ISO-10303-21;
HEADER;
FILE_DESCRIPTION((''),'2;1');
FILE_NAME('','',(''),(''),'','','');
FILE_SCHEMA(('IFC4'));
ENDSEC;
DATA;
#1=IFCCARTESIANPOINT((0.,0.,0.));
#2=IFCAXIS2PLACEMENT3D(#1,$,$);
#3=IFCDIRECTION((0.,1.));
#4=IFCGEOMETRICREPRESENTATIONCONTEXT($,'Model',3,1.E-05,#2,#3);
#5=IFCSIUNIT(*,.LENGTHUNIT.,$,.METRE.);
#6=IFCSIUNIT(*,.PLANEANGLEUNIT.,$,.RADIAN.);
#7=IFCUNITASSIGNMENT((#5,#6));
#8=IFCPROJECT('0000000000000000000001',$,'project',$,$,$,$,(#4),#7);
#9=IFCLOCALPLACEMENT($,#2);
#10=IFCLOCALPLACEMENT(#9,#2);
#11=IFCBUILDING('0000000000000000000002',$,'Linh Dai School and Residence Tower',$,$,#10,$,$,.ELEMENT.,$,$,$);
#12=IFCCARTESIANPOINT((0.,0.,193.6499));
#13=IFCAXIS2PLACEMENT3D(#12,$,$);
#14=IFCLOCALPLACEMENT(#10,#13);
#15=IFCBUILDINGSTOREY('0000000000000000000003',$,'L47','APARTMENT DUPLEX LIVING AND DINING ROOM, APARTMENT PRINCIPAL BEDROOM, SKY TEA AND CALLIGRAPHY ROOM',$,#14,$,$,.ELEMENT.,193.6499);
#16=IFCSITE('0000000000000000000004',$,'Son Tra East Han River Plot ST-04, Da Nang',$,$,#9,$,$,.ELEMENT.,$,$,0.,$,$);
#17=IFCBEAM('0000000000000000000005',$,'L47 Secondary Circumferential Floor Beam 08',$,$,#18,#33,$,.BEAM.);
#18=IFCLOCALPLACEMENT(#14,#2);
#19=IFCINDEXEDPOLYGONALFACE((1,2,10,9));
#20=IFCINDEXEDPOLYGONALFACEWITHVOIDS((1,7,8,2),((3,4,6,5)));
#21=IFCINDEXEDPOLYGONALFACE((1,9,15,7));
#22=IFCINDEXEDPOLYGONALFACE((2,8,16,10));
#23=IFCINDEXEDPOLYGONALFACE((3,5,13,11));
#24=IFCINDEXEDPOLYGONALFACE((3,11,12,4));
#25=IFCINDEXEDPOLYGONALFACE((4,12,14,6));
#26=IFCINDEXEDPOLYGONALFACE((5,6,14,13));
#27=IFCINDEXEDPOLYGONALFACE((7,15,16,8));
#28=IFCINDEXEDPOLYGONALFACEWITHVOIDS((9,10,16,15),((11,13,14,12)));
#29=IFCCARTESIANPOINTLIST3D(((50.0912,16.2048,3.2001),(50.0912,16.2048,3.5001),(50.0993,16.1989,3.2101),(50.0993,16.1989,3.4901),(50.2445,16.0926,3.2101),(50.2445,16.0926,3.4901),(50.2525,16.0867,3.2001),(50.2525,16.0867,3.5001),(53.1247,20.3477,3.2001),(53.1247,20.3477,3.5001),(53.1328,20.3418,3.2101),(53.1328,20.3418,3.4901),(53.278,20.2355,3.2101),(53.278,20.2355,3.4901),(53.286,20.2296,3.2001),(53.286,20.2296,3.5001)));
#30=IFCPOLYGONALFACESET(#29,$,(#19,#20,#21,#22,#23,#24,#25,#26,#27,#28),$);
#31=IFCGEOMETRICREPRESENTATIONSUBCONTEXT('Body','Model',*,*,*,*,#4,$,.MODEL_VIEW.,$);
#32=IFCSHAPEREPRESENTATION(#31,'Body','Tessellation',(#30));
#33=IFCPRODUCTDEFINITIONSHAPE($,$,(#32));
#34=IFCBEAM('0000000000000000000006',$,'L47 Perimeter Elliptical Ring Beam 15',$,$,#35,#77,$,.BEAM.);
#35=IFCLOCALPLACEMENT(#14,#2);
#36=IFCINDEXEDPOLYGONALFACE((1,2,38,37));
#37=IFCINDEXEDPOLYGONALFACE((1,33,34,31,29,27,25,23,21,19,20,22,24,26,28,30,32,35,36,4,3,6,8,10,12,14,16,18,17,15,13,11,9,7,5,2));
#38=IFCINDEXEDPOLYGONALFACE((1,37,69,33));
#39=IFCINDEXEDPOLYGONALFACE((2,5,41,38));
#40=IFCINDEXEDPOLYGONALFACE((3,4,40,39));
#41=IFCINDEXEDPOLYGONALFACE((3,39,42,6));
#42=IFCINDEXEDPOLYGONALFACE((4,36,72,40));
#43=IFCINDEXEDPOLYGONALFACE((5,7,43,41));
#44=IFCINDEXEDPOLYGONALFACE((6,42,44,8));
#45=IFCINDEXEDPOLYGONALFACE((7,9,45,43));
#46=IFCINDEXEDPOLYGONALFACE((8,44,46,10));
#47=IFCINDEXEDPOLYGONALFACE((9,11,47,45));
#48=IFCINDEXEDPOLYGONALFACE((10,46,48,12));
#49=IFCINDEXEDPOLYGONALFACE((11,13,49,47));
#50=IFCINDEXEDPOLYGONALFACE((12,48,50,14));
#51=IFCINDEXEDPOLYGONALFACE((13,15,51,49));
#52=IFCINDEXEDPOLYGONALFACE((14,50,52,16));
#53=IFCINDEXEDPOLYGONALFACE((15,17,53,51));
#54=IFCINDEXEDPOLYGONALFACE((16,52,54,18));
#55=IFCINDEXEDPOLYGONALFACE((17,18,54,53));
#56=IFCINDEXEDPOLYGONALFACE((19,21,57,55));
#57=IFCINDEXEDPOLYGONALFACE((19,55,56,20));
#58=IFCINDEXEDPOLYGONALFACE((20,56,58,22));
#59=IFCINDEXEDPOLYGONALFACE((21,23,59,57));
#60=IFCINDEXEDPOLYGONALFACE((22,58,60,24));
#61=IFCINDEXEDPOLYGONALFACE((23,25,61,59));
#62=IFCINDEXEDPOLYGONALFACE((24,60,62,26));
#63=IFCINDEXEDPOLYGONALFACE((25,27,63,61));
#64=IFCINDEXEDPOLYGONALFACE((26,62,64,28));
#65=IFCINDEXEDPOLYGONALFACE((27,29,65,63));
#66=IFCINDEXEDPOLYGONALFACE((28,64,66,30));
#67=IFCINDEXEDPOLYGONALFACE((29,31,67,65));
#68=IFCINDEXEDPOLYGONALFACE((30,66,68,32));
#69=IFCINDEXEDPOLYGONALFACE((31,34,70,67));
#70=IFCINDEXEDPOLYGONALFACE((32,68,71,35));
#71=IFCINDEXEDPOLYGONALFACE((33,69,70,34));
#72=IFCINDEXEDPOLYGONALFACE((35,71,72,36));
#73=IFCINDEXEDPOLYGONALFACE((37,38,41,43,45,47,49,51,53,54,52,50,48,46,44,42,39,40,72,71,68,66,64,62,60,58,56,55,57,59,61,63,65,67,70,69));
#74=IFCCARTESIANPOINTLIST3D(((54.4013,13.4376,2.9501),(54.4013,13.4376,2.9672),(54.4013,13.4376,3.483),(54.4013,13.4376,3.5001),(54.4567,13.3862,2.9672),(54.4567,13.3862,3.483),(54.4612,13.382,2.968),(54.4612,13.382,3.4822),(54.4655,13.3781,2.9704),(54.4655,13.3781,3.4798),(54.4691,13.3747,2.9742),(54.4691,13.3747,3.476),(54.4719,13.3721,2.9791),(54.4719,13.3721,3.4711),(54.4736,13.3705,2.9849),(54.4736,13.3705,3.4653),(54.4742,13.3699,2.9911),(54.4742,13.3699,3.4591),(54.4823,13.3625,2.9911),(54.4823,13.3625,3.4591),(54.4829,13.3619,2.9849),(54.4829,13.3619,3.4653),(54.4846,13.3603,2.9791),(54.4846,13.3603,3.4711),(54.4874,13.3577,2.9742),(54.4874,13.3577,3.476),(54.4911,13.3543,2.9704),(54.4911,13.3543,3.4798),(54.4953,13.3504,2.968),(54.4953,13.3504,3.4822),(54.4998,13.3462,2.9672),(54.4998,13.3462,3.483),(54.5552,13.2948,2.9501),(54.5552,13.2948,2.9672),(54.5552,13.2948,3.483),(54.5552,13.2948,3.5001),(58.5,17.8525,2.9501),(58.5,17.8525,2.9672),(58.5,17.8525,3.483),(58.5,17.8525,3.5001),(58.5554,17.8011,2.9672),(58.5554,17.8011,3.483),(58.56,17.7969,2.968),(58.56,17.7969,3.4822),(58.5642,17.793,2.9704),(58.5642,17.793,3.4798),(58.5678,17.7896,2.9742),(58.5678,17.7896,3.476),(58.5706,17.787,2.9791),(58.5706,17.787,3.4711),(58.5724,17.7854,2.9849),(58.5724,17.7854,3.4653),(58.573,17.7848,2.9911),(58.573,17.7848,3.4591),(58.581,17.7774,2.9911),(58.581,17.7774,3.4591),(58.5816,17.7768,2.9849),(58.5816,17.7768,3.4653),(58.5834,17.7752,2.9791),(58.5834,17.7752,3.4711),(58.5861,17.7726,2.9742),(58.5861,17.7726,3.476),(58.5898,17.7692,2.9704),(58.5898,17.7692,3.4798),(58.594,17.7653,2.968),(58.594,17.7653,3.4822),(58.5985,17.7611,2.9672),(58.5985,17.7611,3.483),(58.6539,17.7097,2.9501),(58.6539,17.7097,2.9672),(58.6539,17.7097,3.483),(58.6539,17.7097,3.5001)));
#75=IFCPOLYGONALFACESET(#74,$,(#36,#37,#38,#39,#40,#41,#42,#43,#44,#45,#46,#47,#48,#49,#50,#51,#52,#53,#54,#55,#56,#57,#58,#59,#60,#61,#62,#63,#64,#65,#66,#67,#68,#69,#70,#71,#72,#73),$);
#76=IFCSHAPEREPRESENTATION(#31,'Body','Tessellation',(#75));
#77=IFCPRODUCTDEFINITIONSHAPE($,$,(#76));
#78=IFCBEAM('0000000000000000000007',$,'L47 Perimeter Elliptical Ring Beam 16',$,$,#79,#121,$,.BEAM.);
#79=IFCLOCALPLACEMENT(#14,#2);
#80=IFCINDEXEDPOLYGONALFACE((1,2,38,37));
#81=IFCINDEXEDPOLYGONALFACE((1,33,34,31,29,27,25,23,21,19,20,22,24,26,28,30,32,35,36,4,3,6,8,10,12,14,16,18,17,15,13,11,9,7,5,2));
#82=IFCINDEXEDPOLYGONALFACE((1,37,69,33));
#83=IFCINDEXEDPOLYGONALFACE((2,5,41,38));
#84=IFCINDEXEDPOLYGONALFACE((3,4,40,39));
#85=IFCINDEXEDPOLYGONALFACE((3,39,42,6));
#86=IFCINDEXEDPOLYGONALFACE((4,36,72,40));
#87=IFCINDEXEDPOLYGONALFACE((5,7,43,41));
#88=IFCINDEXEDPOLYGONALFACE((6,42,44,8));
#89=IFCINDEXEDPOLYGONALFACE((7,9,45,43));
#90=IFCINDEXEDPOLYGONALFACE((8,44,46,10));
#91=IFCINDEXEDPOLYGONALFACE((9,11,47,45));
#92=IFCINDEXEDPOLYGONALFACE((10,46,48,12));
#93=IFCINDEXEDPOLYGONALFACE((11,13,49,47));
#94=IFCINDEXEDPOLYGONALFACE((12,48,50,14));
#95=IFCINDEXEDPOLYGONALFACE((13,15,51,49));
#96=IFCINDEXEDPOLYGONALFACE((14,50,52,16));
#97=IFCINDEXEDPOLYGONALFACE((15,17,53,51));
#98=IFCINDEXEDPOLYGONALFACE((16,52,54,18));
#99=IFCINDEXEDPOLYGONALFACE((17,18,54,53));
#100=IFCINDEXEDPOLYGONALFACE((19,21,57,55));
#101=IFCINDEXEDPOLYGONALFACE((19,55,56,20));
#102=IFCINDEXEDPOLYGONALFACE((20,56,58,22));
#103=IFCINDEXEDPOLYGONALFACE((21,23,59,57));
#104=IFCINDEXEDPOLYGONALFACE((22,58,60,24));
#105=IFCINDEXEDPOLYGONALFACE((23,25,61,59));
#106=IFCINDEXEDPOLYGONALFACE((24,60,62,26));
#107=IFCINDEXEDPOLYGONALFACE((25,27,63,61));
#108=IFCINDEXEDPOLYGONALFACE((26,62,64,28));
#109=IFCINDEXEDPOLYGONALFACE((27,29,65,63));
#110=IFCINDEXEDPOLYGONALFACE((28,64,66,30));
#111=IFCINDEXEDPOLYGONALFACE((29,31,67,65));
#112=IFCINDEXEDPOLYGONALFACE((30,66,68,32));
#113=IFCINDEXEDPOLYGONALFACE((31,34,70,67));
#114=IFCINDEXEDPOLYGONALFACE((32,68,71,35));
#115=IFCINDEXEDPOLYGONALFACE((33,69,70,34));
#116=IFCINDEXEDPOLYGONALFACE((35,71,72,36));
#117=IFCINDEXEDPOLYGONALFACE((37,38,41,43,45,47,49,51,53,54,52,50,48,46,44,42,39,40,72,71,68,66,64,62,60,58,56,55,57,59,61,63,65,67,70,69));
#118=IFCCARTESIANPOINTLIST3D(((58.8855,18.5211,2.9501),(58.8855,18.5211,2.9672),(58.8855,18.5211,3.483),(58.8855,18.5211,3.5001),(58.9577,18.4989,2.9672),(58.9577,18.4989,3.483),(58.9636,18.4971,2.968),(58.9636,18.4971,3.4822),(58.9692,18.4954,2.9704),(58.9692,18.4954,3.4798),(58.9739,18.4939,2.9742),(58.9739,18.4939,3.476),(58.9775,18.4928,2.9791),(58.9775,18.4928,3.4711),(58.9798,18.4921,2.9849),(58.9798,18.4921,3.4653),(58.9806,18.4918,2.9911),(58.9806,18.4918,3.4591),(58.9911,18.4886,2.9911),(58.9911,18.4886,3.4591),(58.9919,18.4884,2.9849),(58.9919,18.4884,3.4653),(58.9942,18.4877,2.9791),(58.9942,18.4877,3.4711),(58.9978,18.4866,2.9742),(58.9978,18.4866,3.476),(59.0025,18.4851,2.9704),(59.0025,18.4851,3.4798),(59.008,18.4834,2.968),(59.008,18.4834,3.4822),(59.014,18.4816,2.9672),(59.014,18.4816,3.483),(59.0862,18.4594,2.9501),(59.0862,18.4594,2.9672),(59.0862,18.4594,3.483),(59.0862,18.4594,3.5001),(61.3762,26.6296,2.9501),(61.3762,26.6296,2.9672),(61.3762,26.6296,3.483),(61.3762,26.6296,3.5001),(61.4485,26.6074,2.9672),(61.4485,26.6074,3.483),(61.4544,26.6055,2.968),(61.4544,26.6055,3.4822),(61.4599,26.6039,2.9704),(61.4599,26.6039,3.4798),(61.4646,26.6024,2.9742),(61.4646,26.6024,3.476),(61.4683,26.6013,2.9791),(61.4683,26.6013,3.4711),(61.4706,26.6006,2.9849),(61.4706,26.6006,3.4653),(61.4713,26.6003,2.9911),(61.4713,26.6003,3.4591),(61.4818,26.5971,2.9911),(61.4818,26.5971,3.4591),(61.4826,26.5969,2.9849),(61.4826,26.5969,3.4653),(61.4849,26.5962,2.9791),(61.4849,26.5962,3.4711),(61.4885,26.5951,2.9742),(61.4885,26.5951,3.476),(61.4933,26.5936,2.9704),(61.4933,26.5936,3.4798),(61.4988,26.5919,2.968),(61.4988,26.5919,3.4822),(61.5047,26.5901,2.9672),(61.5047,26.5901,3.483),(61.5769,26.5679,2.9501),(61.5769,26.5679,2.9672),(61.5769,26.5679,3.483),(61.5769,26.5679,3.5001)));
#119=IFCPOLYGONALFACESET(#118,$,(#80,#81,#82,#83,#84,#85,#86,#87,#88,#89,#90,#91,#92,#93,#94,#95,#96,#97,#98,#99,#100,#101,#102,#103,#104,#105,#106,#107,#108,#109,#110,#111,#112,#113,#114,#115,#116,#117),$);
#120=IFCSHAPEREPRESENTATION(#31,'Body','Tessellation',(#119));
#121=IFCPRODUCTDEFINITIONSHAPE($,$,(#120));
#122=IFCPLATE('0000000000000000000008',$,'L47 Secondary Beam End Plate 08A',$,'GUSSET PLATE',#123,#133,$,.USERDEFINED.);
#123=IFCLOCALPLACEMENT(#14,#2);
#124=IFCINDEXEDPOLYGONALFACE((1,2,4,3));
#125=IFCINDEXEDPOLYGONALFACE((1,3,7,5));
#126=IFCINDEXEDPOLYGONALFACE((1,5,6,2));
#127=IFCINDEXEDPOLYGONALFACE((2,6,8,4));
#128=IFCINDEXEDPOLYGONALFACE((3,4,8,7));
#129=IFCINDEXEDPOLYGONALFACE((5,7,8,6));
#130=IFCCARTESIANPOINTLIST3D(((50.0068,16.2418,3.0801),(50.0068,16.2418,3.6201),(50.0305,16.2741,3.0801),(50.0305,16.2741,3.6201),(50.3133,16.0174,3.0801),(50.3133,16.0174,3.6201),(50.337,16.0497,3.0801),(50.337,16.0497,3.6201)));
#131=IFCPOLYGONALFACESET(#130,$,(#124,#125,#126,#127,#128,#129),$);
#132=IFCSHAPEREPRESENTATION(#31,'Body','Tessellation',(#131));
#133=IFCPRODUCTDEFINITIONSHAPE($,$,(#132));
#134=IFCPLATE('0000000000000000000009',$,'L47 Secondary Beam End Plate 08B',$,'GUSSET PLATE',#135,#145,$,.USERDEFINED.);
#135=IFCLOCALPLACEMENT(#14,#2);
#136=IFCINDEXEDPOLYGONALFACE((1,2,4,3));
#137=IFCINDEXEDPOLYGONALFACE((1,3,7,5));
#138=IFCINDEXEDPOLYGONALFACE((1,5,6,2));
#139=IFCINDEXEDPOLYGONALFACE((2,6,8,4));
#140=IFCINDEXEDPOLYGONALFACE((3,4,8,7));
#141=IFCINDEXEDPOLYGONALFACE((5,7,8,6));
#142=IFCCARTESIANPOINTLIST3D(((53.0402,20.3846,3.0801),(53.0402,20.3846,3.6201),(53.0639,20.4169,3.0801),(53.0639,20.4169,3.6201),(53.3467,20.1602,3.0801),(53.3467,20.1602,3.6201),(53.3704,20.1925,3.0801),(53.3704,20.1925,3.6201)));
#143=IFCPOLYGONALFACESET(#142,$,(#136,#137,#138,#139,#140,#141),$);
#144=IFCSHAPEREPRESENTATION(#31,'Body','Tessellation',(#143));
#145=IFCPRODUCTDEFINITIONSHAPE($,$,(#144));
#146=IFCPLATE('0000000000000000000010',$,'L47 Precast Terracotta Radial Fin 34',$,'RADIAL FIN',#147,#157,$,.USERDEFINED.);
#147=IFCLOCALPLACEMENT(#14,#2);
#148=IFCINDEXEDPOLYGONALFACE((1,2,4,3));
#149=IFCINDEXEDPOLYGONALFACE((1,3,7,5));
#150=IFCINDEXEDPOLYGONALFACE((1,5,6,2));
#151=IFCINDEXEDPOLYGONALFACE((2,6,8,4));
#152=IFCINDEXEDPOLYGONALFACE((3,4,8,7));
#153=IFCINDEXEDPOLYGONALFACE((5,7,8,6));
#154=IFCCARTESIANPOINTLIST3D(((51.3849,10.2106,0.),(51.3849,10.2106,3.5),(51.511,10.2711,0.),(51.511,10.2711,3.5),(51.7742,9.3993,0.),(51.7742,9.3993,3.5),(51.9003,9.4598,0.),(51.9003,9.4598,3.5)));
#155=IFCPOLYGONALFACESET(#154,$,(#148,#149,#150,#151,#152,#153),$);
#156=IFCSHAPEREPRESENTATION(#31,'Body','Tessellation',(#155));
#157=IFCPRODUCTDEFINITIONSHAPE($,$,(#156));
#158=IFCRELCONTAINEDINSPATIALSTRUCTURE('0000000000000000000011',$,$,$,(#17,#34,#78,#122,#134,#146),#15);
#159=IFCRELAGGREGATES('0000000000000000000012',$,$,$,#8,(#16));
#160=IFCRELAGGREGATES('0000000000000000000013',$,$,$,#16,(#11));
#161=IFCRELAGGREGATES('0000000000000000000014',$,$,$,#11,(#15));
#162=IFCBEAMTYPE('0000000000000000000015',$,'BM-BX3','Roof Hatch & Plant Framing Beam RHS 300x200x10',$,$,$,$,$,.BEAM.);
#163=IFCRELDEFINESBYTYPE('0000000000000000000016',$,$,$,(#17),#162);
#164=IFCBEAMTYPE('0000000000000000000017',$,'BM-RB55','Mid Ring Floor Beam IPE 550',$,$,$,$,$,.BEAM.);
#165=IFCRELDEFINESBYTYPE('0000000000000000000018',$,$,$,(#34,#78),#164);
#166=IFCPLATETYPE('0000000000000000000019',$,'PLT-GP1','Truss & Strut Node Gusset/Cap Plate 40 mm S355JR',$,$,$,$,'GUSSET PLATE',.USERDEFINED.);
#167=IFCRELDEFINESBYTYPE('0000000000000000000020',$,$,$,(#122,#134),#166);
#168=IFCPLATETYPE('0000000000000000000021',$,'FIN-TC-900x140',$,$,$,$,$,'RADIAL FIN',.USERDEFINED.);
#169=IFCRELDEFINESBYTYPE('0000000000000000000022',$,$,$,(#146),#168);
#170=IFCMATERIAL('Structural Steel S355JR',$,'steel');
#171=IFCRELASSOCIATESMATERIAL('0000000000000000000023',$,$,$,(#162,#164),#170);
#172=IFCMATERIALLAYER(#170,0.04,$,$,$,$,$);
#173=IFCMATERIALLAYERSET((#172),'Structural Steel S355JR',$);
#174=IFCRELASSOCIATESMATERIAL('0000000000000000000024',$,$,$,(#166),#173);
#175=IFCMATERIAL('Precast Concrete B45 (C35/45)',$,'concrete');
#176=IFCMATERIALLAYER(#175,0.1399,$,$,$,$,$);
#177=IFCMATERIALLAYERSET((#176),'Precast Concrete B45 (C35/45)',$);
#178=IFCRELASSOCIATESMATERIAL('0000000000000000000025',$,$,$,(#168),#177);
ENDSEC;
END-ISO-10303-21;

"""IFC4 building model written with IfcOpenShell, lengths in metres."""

from ifc_helpers import new_model, si_unit, direction, frame, origin, origin_2d, place, context, subcontext, project, spatial, rectangle, hollow_rectangle, i_section, extrude, source, transform, mapped, material, layer, layer_set, material_profile, profile_set, type_object, element, save


model = new_model("IFC4")

# Units and contexts
model_context = context("Model", 3, precision=1e-05, world=origin(), true_north=direction((0.0, 1.0)))
body_context = subcontext(model_context, "Body", "Model", "MODEL_VIEW")
ifc_project = project(units=[si_unit("LENGTHUNIT", "METRE"), si_unit("PLANEANGLEUNIT", "RADIAN")], contexts=[model_context])

# Site, building, storey
site_placement = place(None, origin())
site = spatial("IfcSite", under=ifc_project, at=site_placement, Name="Son Tra East Han River Plot ST-04, Da Nang", CompositionType="ELEMENT", RefElevation=0.0)
building_placement = place(site_placement, origin())
building = spatial("IfcBuilding", under=site, at=building_placement, Name="Linh Dai School and Residence Tower", CompositionType="ELEMENT")
storey_placement = place(building_placement, frame((0.0, 0.0, 193.6499)))
storey = spatial("IfcBuildingStorey", under=building, at=storey_placement, Name="L47", Description="APARTMENT DUPLEX LIVING AND DINING ROOM, APARTMENT PRINCIPAL BEDROOM, SKY TEA AND CALLIGRAPHY ROOM", CompositionType="ELEMENT", Elevation=193.6499)

# Shared definitions
ifc_material_1 = material(Name="Structural Steel S355JR", Category="steel")

# Beams
ifc_material_profile_1 = material_profile(ifc_material_1, hollow_rectangle(XDim=0.2, YDim=0.3, WallThickness=0.01, at=origin_2d()), Name="RHS 300x200x10")
ifc_profile_set_1 = profile_set([ifc_material_profile_1], Name="Structural Steel S355JR")
beam_type_1 = type_object("IfcBeamType", Name="BM-BX3", Description="Roof Hatch & Plant Framing Beam RHS 300x200x10", PredefinedType="BEAM", material=ifc_profile_set_1)
beam_1_placement = place(storey_placement, frame((50.1719, 16.1458, 3.3501), z_axis=(0.590778, 0.806834, 0.0), x_axis=(-0.806834, 0.590778, 0.0)))
element("IfcBeam", 1, at=beam_1_placement, inside=storey, type_object=beam_type_1, Name="L47 Secondary Circumferential Floor Beam 08", PredefinedType="BEAM", context=body_context, shape_type="SweptSolid", body=[
    extrude(hollow_rectangle(XDim=0.2, YDim=0.3, WallThickness=0.01, at=origin_2d()), origin(), (0.0, 0.0, 1.0), 5.1348),
])
ifc_material_profile_2 = material_profile(ifc_material_1, i_section(OverallWidth=0.21, OverallDepth=0.55, WebThickness=0.011, FlangeThickness=0.0171, FilletRadius=0.0239, at=origin_2d()), Name="IPE 550")
ifc_profile_set_2 = profile_set([ifc_material_profile_2], Name="Structural Steel S355JR")
beam_type_2 = type_object("IfcBeamType", Name="BM-RB55", Description="Mid Ring Floor Beam IPE 550", PredefinedType="BEAM", material=ifc_profile_set_2)
beam_2_placement = place(storey_placement, frame((54.4783, 13.3662, 3.2251), z_axis=(0.680378, 0.732861, 0.0), x_axis=(-0.732861, 0.680378, 0.0)))
element("IfcBeam", 2, at=beam_2_placement, inside=storey, type_object=beam_type_2, Name="L47 Perimeter Elliptical Ring Beam 15", PredefinedType="BEAM", context=body_context, shape_type="SweptSolid", body=[
    extrude(i_section(OverallWidth=0.21, OverallDepth=0.55, WebThickness=0.011, FlangeThickness=0.0171, FilletRadius=0.0239, at=origin_2d()), origin(), (0.0, 0.0, 1.0), 6.0242),
])
beam_3_placement = place(storey_placement, frame((58.9858, 18.4902, 3.2251), z_axis=(0.293637, 0.955917, 0.0), x_axis=(-0.955917, 0.293637, 0.0)))
element("IfcBeam", 3, at=beam_3_placement, inside=storey, type_object=beam_type_2, Name="L47 Perimeter Elliptical Ring Beam 16", PredefinedType="BEAM", context=body_context, shape_type="SweptSolid", body=[
    extrude(i_section(OverallWidth=0.21, OverallDepth=0.55, WebThickness=0.011, FlangeThickness=0.0171, FilletRadius=0.0239, at=origin_2d()), origin(), (0.0, 0.0, 1.0), 8.4824),
])

# Plates
ifc_layer_1 = layer(ifc_material_1, 0.04)
ifc_layer_set_1 = layer_set([ifc_layer_1], Name="Structural Steel S355JR")
plate_type_1 = type_object("IfcPlateType", Name="PLT-GP1", Description="Truss & Strut Node Gusset/Cap Plate 40 mm S355JR", ElementType="GUSSET PLATE", PredefinedType="USERDEFINED", material=ifc_layer_set_1)
shared_shape_1 = source(origin(), body_context, "Body", "SweptSolid", [
    extrude(rectangle(XDim=0.04, YDim=0.3799, at=origin_2d()), origin(), (0.0, 0.0, 1.0), 0.54),
])
for number, where, z_axis, x_axis, name in (
    (4, (50.1719, 16.1458, 3.0801), (0.0, 0.0, 1.0), (0.590797, 0.80682, 0.0), "L47 Secondary Beam End Plate 08A"),
    (5, (53.2053, 20.2886, 3.0801), (0.0, 0.0, 1.0), (0.590797, 0.80682, 0.0), "L47 Secondary Beam End Plate 08B"),
):
    element("IfcPlate", number, at=place(storey_placement, frame(where, z_axis=z_axis, x_axis=x_axis)), inside=storey, type_object=plate_type_1, Name=name, ObjectType="GUSSET PLATE", PredefinedType="USERDEFINED", context=body_context, shape_type="MappedRepresentation", body=[
        mapped(shared_shape_1, transform((0.0, 0.0, 0.0), x_axis=(1.0, 0.0, 0.0), y_axis=(0.0, 1.0, 0.0), z_axis=(0.0, 0.0, 1.0), scale=1.0)),
    ])
ifc_material_2 = material(Name="Precast Concrete B45 (C35/45)", Category="concrete")
ifc_layer_2 = layer(ifc_material_2, 0.1399)
ifc_layer_set_2 = layer_set([ifc_layer_2], Name="Precast Concrete B45 (C35/45)")
plate_type_2 = type_object("IfcPlateType", Name="FIN-TC-900x140", ElementType="RADIAL FIN", PredefinedType="USERDEFINED", material=ifc_layer_set_2)
shared_shape_2 = source(origin(), body_context, "Body", "SweptSolid", [
    extrude(rectangle(XDim=0.8999, YDim=0.1399, at=origin_2d()), origin(), (0.0, 0.0, 1.0), 3.5),
])
plate_placement = place(storey_placement, frame((51.6426, 9.8352, 0.0), z_axis=(0.0, 0.0, 1.0), x_axis=(0.432635, -0.901569, 0.0)))
element("IfcPlate", 6, at=plate_placement, inside=storey, type_object=plate_type_2, Name="L47 Precast Terracotta Radial Fin 34", ObjectType="RADIAL FIN", PredefinedType="USERDEFINED", context=body_context, shape_type="MappedRepresentation", body=[
    mapped(shared_shape_2, transform((0.0, 0.0, 0.0), x_axis=(1.0, 0.0, 0.0), y_axis=(0.0, 1.0, 0.0), z_axis=(0.0, 0.0, 1.0), scale=1.0)),
])

save(model, "model.ifc")
